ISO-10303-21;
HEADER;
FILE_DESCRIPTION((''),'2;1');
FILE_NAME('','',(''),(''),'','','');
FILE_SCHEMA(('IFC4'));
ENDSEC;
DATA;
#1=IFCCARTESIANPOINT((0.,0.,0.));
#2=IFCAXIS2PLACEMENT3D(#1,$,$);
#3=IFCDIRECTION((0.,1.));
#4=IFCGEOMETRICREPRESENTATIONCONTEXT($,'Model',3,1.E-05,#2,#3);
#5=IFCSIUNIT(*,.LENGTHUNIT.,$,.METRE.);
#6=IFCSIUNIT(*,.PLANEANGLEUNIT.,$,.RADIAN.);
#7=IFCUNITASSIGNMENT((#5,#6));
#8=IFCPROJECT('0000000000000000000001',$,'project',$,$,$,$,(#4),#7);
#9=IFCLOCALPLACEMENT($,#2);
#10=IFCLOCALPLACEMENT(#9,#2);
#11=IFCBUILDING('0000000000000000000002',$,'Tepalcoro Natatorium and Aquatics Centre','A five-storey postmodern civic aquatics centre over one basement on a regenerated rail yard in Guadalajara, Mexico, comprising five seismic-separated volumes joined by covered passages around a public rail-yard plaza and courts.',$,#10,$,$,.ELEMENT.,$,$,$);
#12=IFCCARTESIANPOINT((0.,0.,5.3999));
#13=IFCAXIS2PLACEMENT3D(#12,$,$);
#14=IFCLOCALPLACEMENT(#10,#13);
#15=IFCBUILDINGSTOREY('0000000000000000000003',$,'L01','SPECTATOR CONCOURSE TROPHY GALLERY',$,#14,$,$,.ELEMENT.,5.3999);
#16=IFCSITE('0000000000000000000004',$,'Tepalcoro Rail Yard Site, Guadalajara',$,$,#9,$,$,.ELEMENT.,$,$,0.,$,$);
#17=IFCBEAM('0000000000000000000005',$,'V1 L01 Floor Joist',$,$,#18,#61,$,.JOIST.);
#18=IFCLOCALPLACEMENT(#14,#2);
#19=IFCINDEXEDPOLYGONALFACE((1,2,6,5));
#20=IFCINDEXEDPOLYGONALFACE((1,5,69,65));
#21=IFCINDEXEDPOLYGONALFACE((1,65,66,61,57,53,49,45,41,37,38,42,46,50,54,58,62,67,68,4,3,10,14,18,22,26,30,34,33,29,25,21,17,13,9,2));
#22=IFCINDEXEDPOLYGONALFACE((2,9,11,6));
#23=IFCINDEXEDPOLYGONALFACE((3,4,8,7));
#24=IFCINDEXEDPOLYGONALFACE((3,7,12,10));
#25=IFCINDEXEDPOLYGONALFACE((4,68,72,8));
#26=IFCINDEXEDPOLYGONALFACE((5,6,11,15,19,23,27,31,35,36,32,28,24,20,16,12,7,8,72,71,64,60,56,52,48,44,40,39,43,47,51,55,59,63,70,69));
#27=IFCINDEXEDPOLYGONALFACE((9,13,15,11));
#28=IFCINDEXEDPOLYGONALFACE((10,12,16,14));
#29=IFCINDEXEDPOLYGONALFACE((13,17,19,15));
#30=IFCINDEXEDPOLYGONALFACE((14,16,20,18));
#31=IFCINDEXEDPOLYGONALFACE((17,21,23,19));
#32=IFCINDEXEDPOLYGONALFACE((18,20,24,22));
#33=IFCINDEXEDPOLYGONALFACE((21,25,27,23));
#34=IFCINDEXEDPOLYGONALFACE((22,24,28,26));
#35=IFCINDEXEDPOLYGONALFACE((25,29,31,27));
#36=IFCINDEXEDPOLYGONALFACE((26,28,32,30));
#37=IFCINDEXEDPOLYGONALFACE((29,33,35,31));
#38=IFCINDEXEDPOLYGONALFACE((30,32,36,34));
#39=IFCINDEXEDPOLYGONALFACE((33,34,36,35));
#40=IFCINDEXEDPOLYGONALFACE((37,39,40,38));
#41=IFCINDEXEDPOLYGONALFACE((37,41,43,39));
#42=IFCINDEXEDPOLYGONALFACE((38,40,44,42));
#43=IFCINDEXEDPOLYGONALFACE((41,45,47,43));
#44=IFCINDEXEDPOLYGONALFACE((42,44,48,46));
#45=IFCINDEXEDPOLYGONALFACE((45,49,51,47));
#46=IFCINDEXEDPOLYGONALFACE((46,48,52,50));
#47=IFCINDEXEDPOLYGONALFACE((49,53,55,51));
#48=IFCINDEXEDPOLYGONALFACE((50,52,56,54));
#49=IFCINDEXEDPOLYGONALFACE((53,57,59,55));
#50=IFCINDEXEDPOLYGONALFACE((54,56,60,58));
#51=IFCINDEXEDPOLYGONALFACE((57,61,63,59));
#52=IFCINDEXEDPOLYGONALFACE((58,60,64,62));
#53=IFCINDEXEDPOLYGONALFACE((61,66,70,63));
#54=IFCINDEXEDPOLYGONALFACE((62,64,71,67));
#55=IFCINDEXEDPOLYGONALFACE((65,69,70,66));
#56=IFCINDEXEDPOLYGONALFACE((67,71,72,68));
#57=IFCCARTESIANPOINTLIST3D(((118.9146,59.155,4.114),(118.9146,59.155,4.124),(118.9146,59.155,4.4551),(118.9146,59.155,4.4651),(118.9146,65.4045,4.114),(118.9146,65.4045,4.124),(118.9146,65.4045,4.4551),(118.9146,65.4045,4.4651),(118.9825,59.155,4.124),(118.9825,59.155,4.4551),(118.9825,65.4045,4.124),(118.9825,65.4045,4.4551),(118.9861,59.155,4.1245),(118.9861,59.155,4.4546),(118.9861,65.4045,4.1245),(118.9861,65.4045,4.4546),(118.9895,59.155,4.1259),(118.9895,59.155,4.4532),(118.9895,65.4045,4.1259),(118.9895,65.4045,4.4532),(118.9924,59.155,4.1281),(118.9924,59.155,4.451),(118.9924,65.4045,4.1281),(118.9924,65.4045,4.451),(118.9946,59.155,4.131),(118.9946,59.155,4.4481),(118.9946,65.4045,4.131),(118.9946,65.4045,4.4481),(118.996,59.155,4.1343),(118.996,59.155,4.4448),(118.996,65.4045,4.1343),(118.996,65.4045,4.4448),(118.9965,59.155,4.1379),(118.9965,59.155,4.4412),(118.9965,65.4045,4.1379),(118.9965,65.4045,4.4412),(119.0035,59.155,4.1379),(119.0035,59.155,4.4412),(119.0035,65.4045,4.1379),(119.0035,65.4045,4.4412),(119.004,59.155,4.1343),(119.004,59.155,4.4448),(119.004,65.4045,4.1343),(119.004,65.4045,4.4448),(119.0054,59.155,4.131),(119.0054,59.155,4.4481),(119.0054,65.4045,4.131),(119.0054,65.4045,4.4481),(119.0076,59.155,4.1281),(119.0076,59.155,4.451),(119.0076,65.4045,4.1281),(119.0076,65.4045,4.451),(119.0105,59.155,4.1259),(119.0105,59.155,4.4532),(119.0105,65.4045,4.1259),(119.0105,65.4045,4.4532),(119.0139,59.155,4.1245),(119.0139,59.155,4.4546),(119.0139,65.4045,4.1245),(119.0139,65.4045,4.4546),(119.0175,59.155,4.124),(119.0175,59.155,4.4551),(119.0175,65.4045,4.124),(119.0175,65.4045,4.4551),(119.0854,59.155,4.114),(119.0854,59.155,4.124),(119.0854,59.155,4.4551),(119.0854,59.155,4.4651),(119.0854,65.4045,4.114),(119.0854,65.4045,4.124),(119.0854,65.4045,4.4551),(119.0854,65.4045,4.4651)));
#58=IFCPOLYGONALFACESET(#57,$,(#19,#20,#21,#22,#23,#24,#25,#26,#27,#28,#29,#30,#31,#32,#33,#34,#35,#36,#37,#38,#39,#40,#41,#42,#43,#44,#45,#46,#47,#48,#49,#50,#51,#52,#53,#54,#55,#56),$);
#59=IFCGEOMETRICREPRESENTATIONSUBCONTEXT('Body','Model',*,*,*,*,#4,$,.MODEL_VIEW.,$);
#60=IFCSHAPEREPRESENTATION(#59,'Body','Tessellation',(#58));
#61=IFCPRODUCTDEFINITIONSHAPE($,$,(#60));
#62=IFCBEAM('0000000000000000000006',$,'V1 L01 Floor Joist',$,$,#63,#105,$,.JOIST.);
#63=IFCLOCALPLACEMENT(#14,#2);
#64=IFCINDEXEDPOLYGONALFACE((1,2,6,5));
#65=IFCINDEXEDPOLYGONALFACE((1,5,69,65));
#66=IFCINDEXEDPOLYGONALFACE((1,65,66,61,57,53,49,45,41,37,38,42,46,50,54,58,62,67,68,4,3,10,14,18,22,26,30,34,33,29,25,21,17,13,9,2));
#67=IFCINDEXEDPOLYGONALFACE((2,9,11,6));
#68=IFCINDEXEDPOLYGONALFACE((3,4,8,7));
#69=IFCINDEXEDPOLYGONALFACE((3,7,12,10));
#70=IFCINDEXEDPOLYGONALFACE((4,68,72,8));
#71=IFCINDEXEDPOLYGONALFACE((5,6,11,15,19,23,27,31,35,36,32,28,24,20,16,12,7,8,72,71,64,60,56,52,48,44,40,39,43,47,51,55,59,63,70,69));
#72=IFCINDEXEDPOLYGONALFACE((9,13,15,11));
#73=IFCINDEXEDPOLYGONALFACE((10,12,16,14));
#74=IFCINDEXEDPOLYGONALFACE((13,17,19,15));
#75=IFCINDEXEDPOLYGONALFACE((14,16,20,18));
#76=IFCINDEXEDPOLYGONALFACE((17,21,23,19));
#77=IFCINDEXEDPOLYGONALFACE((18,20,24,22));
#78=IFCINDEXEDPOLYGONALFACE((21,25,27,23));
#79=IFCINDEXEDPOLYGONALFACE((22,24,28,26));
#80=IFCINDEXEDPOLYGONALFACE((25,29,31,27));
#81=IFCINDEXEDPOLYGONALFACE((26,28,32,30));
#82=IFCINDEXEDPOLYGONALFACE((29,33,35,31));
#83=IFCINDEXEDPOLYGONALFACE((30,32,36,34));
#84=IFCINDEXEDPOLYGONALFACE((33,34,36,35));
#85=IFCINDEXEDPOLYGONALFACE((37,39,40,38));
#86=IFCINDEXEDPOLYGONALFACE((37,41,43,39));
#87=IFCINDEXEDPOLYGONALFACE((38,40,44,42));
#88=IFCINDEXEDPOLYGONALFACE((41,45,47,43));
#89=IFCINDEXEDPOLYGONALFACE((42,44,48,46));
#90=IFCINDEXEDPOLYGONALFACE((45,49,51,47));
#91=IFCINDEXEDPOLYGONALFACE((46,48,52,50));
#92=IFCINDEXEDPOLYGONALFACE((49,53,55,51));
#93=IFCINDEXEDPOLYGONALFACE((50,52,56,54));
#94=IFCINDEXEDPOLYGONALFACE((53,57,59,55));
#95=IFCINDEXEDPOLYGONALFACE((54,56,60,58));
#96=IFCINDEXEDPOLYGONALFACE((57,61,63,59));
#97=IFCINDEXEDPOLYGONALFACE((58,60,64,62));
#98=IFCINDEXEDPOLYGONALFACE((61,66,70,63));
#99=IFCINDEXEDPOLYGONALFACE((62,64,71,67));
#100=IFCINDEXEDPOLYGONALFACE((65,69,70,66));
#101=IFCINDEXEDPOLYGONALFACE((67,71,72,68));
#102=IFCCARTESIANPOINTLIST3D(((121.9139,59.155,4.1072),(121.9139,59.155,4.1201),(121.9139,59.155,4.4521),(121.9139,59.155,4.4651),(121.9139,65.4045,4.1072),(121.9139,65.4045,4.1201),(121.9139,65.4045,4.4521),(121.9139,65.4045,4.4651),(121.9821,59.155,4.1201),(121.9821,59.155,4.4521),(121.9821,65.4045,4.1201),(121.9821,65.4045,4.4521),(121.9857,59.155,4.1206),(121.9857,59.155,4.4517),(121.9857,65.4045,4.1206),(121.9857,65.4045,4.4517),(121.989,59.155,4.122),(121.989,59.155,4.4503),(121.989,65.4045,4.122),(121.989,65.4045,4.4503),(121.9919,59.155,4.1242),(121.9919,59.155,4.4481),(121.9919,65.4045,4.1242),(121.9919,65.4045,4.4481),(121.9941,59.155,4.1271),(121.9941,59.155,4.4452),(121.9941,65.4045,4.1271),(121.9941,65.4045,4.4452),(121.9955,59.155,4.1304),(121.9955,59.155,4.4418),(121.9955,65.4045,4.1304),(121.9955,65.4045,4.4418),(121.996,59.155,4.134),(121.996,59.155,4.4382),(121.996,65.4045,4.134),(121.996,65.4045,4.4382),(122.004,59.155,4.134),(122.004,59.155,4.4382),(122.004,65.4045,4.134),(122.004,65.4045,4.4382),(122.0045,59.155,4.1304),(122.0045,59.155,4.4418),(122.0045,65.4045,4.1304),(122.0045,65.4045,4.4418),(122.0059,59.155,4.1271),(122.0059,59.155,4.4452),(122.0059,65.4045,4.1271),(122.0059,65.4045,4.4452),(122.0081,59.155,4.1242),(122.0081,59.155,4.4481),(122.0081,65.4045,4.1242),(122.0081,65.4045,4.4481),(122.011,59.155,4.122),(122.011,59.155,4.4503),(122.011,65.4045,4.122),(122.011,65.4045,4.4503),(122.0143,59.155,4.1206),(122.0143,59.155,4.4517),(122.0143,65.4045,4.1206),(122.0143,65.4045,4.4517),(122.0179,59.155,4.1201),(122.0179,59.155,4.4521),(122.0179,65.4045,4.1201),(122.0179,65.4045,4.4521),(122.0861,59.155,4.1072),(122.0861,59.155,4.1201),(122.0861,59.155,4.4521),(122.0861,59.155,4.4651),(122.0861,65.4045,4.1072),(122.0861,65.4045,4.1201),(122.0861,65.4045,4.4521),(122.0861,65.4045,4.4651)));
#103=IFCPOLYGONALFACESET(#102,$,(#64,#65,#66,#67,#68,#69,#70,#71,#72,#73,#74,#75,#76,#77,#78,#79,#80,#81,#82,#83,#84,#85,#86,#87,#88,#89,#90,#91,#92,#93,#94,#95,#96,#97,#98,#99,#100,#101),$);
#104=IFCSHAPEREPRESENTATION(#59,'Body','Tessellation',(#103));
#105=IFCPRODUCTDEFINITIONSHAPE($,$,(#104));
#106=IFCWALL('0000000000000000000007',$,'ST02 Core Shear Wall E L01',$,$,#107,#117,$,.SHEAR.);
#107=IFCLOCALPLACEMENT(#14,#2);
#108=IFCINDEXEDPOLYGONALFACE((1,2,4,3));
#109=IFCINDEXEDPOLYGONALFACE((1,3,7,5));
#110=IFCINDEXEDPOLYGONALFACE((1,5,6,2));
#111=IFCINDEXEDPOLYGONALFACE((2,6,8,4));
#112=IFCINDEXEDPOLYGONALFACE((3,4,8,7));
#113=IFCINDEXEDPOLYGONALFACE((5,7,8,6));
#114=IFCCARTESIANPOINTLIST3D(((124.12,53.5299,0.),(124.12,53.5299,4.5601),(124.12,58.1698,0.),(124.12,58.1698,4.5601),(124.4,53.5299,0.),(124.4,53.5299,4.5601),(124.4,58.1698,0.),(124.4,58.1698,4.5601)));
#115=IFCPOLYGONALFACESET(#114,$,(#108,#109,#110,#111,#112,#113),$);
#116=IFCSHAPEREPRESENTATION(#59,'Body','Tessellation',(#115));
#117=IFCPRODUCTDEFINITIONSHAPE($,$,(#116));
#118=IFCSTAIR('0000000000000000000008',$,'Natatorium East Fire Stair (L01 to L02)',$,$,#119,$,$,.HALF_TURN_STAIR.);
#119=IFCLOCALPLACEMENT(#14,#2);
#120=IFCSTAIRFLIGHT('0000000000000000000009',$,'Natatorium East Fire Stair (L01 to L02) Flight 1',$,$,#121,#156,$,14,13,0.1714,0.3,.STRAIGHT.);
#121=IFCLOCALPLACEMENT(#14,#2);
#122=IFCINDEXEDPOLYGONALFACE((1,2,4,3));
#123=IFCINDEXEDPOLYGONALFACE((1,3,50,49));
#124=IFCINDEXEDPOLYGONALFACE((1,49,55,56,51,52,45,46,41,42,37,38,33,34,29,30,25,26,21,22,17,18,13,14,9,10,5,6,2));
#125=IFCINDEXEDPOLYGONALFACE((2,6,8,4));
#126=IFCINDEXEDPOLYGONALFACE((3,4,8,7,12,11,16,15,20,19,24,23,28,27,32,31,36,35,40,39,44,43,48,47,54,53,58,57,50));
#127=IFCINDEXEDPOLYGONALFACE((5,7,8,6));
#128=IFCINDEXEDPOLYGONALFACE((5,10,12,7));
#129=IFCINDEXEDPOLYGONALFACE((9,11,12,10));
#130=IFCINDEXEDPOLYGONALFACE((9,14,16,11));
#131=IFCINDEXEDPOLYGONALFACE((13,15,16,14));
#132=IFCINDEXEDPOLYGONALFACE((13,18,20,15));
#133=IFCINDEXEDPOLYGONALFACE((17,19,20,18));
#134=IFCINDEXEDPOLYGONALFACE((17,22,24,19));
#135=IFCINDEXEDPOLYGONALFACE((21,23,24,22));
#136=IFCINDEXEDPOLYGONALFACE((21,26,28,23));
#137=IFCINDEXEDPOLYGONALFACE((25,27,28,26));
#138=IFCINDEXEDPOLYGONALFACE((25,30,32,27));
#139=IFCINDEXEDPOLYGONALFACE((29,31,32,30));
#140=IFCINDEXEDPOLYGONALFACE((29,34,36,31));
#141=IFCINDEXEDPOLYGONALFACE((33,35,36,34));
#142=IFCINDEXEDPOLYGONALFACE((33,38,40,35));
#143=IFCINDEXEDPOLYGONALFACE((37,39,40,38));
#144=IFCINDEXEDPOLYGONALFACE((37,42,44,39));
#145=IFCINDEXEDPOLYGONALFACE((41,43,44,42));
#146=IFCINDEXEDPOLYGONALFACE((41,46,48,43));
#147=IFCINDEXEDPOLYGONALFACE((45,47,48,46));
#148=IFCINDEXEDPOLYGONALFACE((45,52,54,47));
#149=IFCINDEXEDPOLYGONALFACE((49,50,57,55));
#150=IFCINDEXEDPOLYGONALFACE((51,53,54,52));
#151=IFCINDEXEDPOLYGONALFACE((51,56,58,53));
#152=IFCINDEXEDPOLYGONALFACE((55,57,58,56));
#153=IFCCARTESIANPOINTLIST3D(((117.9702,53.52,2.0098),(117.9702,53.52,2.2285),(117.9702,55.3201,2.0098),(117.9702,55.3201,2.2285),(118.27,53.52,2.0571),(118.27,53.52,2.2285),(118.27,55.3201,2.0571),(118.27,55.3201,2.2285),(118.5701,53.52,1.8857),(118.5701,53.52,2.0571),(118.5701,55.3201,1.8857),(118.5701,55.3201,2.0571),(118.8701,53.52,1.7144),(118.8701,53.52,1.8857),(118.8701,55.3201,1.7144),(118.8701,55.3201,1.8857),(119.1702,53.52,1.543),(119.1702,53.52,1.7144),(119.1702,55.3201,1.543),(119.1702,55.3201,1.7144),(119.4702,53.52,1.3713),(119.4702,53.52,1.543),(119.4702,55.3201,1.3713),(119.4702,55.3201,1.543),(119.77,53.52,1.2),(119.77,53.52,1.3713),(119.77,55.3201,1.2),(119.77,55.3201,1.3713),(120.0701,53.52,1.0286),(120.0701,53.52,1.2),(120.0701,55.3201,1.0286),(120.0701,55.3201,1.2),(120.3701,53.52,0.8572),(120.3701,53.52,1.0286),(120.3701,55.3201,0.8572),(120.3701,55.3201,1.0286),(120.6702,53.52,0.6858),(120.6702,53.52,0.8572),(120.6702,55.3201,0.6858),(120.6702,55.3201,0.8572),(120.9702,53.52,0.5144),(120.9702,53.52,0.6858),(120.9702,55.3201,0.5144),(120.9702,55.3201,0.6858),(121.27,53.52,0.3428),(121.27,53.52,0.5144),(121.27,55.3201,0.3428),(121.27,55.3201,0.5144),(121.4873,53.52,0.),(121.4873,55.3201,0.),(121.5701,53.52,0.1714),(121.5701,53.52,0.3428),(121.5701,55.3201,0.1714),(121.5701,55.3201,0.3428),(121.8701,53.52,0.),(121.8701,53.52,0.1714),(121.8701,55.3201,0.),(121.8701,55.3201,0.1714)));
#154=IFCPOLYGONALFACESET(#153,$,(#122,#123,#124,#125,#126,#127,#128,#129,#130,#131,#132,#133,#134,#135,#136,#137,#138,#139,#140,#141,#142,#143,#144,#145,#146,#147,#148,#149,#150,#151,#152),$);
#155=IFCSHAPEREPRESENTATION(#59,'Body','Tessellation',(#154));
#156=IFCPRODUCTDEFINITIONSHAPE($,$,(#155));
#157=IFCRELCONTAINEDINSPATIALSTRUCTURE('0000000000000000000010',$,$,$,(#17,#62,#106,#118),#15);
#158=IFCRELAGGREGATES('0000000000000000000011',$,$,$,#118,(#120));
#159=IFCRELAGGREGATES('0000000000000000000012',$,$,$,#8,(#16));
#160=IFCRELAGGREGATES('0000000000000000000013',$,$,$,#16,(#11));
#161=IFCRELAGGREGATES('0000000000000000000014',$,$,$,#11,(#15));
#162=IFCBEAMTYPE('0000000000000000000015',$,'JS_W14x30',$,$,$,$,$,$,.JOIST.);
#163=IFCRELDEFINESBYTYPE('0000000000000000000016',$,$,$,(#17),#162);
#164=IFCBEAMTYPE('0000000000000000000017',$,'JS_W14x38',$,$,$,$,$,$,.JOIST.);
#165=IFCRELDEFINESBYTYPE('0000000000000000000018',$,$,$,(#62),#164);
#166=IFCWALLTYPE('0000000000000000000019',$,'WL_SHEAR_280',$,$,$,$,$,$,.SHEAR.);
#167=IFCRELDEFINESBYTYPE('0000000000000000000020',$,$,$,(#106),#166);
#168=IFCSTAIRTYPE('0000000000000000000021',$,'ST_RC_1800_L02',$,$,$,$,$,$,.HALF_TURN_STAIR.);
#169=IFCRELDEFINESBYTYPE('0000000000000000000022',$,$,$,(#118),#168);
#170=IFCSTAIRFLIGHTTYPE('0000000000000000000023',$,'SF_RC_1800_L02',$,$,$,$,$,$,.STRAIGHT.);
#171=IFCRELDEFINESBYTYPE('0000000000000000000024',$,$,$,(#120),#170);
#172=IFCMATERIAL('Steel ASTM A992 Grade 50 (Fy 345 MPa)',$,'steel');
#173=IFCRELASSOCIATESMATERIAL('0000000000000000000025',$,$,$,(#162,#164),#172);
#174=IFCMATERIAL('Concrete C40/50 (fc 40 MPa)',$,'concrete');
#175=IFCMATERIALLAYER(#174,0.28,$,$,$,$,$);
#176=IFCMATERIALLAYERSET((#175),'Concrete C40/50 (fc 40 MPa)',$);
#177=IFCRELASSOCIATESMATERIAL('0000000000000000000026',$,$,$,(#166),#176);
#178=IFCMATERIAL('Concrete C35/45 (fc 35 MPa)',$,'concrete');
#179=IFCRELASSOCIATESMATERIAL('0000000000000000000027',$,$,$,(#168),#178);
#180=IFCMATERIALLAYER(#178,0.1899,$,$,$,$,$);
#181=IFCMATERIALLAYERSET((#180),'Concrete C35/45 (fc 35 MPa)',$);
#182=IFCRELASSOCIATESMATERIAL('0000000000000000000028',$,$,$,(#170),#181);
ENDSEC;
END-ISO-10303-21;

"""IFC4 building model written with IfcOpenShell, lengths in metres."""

from ifc_helpers import new_model, si_unit, direction, frame, frame_2d, origin, origin_2d, place, context, subcontext, project, spatial, polyline, rectangle, i_section, outline, extrude, material, layer, layer_set, material_profile, profile_set, type_object, element, aggregate, save


model = new_model("IFC4")

# Units and contexts
model_context = context("Model", 3, precision=1e-05, world=origin(), true_north=direction((0.0, 1.0)))
body_context = subcontext(model_context, "Body", "Model", "MODEL_VIEW")
ifc_project = project(units=[si_unit("LENGTHUNIT", "METRE"), si_unit("PLANEANGLEUNIT", "RADIAN")], contexts=[model_context])

# Site, building, storey
site_placement = place(None, origin())
site = spatial("IfcSite", under=ifc_project, at=site_placement, Name="Tepalcoro Rail Yard Site, Guadalajara", CompositionType="ELEMENT", RefElevation=0.0)
building_placement = place(site_placement, origin())
building = spatial("IfcBuilding", under=site, at=building_placement, Name="Tepalcoro Natatorium and Aquatics Centre", Description="A five-storey postmodern civic aquatics centre over one basement on a regenerated rail yard in Guadalajara, Mexico, comprising five seismic-separated volumes joined by covered passages around a public rail-yard plaza and courts.", CompositionType="ELEMENT")
storey_placement = place(building_placement, frame((0.0, 0.0, 5.3999)))
storey = spatial("IfcBuildingStorey", under=building, at=storey_placement, Name="L01", Description="SPECTATOR CONCOURSE TROPHY GALLERY", CompositionType="ELEMENT", Elevation=5.3999)

# Shared definitions
ifc_material_1 = material(Name="Concrete C40/50 (fc 40 MPa)", Category="concrete")

# Beams
ifc_material_2 = material(Name="Steel ASTM A992 Grade 50 (Fy 345 MPa)", Category="steel")
ifc_material_profile_1 = material_profile(ifc_material_2, i_section(OverallWidth=0.1709, OverallDepth=0.3511, WebThickness=0.0071, FlangeThickness=0.01, FilletRadius=0.0139, at=origin_2d()), Name="W14X30")
ifc_profile_set_1 = profile_set([ifc_material_profile_1], Name="Steel ASTM A992 Grade 50 (Fy 345 MPa)")
beam_type_1 = type_object("IfcBeamType", Name="JS_W14x30", PredefinedType="JOIST", material=ifc_profile_set_1)
beam_1_placement = place(storey_placement, frame((119.0, 59.155, 4.2896), z_axis=(0.0, 1.0, 0.0), x_axis=(-1.0, 0.0, 0.0)))
element("IfcBeam", 1, at=beam_1_placement, inside=storey, type_object=beam_type_1, Name="V1 L01 Floor Joist", PredefinedType="JOIST", context=body_context, shape_type="SweptSolid", body=[
    extrude(i_section(OverallWidth=0.1709, OverallDepth=0.3511, WebThickness=0.0071, FlangeThickness=0.01, FilletRadius=0.0139, at=origin_2d()), origin(), (0.0, 0.0, 1.0), 6.2495),
])
ifc_material_profile_2 = material_profile(ifc_material_2, i_section(OverallWidth=0.1721, OverallDepth=0.3579, WebThickness=0.0081, FlangeThickness=0.0129, FilletRadius=0.0139, at=origin_2d()), Name="W14X38")
ifc_profile_set_2 = profile_set([ifc_material_profile_2], Name="Steel ASTM A992 Grade 50 (Fy 345 MPa)")
beam_type_2 = type_object("IfcBeamType", Name="JS_W14x38", PredefinedType="JOIST", material=ifc_profile_set_2)
beam_2_placement = place(storey_placement, frame((122.0, 59.155, 4.2861), z_axis=(0.0, 1.0, 0.0), x_axis=(-1.0, 0.0, 0.0)))
element("IfcBeam", 2, at=beam_2_placement, inside=storey, type_object=beam_type_2, Name="V1 L01 Floor Joist", PredefinedType="JOIST", context=body_context, shape_type="SweptSolid", body=[
    extrude(i_section(OverallWidth=0.1721, OverallDepth=0.3579, WebThickness=0.0081, FlangeThickness=0.0129, FilletRadius=0.0139, at=origin_2d()), origin(), (0.0, 0.0, 1.0), 6.2495),
])

# Wall
ifc_layer_1 = layer(ifc_material_1, 0.28)
ifc_layer_set_1 = layer_set([ifc_layer_1], Name="Concrete C40/50 (fc 40 MPa)")
wall_type = type_object("IfcWallType", Name="WL_SHEAR_280", PredefinedType="SHEAR", material=ifc_layer_set_1)
wall_placement = place(storey_placement, frame((124.26, 53.53, 0.0), z_axis=(0.0, 0.0, 1.0), x_axis=(0.0, 1.0, 0.0)))
element("IfcWall", 3, at=wall_placement, inside=storey, type_object=wall_type, Name="ST02 Core Shear Wall E L01", PredefinedType="SHEAR", context=body_context, shape_type="SweptSolid", body=[
    extrude(rectangle(XDim=4.6399, YDim=0.28, at=frame_2d((2.3198, 0.0))), origin(), (0.0, 0.0, 1.0), 4.5601),
])

# Stair, stair flight
ifc_material_3 = material(Name="Concrete C35/45 (fc 35 MPa)", Category="concrete")
stair_type = type_object("IfcStairType", Name="ST_RC_1800_L02", PredefinedType="HALF_TURN_STAIR", material=ifc_material_3)
stair_placement = place(storey_placement, origin())
stair = element("IfcStair", 4, at=stair_placement, inside=storey, type_object=stair_type, Name="Natatorium East Fire Stair (L01 to L02)", PredefinedType="HALF_TURN_STAIR")
ifc_layer_2 = layer(ifc_material_3, 0.1899)
ifc_layer_set_2 = layer_set([ifc_layer_2], Name="Concrete C35/45 (fc 35 MPa)")
stair_flight_type = type_object("IfcStairFlightType", Name="SF_RC_1800_L02", PredefinedType="STRAIGHT", material=ifc_layer_set_2)
stair_flight_1_placement = place(storey_placement, frame((121.8701, 54.4199, 0.0), z_axis=(0.0, 0.0, 1.0), x_axis=(-1.0, 0.0, 0.0)))
stair_flight_1 = element("IfcStairFlight", 5, at=stair_flight_1_placement, type_object=stair_flight_type, Name="Natatorium East Fire Stair (L01 to L02) Flight 1", NumberOfRisers=14, NumberOfTreads=13, PredefinedType="STRAIGHT", RiserHeight=0.1714, TreadLength=0.3, context=body_context, shape_type="SweptSolid", body=[
    extrude(outline(polyline([(0.0, 0.0), (0.0, 0.1714), (0.3, 0.1714), (0.3, 0.3428), (0.6001, 0.3428), (0.6001, 0.5144), (0.8999, 0.5144), (0.8999, 0.6858), (1.2, 0.6858), (1.2, 0.8572), (1.5, 0.8572), (1.5, 1.0286), (1.8, 1.0286), (1.8, 1.2), (2.1001, 1.2), (2.1001, 1.3713), (2.3999, 1.3713), (2.3999, 1.543), (2.7, 1.543), (2.7, 1.7144), (3.0, 1.7144), (3.0, 1.8857), (3.3, 1.8857), (3.3, 2.0571), (3.6001, 2.0571), (3.6001, 2.2285), (3.8999, 2.2285), (3.8999, 2.3999), (3.8999, 2.0098), (0.3828, 0.0), (0.0, 0.0)])), frame((0.0, 0.8999, 0.0), z_axis=(0.0, -1.0, 0.0), x_axis=(1.0, 0.0, 0.0)), (0.0, 0.0, 1.0), 1.8),
])
aggregate(stair, [stair_flight_1])

save(model, "model.ifc")
